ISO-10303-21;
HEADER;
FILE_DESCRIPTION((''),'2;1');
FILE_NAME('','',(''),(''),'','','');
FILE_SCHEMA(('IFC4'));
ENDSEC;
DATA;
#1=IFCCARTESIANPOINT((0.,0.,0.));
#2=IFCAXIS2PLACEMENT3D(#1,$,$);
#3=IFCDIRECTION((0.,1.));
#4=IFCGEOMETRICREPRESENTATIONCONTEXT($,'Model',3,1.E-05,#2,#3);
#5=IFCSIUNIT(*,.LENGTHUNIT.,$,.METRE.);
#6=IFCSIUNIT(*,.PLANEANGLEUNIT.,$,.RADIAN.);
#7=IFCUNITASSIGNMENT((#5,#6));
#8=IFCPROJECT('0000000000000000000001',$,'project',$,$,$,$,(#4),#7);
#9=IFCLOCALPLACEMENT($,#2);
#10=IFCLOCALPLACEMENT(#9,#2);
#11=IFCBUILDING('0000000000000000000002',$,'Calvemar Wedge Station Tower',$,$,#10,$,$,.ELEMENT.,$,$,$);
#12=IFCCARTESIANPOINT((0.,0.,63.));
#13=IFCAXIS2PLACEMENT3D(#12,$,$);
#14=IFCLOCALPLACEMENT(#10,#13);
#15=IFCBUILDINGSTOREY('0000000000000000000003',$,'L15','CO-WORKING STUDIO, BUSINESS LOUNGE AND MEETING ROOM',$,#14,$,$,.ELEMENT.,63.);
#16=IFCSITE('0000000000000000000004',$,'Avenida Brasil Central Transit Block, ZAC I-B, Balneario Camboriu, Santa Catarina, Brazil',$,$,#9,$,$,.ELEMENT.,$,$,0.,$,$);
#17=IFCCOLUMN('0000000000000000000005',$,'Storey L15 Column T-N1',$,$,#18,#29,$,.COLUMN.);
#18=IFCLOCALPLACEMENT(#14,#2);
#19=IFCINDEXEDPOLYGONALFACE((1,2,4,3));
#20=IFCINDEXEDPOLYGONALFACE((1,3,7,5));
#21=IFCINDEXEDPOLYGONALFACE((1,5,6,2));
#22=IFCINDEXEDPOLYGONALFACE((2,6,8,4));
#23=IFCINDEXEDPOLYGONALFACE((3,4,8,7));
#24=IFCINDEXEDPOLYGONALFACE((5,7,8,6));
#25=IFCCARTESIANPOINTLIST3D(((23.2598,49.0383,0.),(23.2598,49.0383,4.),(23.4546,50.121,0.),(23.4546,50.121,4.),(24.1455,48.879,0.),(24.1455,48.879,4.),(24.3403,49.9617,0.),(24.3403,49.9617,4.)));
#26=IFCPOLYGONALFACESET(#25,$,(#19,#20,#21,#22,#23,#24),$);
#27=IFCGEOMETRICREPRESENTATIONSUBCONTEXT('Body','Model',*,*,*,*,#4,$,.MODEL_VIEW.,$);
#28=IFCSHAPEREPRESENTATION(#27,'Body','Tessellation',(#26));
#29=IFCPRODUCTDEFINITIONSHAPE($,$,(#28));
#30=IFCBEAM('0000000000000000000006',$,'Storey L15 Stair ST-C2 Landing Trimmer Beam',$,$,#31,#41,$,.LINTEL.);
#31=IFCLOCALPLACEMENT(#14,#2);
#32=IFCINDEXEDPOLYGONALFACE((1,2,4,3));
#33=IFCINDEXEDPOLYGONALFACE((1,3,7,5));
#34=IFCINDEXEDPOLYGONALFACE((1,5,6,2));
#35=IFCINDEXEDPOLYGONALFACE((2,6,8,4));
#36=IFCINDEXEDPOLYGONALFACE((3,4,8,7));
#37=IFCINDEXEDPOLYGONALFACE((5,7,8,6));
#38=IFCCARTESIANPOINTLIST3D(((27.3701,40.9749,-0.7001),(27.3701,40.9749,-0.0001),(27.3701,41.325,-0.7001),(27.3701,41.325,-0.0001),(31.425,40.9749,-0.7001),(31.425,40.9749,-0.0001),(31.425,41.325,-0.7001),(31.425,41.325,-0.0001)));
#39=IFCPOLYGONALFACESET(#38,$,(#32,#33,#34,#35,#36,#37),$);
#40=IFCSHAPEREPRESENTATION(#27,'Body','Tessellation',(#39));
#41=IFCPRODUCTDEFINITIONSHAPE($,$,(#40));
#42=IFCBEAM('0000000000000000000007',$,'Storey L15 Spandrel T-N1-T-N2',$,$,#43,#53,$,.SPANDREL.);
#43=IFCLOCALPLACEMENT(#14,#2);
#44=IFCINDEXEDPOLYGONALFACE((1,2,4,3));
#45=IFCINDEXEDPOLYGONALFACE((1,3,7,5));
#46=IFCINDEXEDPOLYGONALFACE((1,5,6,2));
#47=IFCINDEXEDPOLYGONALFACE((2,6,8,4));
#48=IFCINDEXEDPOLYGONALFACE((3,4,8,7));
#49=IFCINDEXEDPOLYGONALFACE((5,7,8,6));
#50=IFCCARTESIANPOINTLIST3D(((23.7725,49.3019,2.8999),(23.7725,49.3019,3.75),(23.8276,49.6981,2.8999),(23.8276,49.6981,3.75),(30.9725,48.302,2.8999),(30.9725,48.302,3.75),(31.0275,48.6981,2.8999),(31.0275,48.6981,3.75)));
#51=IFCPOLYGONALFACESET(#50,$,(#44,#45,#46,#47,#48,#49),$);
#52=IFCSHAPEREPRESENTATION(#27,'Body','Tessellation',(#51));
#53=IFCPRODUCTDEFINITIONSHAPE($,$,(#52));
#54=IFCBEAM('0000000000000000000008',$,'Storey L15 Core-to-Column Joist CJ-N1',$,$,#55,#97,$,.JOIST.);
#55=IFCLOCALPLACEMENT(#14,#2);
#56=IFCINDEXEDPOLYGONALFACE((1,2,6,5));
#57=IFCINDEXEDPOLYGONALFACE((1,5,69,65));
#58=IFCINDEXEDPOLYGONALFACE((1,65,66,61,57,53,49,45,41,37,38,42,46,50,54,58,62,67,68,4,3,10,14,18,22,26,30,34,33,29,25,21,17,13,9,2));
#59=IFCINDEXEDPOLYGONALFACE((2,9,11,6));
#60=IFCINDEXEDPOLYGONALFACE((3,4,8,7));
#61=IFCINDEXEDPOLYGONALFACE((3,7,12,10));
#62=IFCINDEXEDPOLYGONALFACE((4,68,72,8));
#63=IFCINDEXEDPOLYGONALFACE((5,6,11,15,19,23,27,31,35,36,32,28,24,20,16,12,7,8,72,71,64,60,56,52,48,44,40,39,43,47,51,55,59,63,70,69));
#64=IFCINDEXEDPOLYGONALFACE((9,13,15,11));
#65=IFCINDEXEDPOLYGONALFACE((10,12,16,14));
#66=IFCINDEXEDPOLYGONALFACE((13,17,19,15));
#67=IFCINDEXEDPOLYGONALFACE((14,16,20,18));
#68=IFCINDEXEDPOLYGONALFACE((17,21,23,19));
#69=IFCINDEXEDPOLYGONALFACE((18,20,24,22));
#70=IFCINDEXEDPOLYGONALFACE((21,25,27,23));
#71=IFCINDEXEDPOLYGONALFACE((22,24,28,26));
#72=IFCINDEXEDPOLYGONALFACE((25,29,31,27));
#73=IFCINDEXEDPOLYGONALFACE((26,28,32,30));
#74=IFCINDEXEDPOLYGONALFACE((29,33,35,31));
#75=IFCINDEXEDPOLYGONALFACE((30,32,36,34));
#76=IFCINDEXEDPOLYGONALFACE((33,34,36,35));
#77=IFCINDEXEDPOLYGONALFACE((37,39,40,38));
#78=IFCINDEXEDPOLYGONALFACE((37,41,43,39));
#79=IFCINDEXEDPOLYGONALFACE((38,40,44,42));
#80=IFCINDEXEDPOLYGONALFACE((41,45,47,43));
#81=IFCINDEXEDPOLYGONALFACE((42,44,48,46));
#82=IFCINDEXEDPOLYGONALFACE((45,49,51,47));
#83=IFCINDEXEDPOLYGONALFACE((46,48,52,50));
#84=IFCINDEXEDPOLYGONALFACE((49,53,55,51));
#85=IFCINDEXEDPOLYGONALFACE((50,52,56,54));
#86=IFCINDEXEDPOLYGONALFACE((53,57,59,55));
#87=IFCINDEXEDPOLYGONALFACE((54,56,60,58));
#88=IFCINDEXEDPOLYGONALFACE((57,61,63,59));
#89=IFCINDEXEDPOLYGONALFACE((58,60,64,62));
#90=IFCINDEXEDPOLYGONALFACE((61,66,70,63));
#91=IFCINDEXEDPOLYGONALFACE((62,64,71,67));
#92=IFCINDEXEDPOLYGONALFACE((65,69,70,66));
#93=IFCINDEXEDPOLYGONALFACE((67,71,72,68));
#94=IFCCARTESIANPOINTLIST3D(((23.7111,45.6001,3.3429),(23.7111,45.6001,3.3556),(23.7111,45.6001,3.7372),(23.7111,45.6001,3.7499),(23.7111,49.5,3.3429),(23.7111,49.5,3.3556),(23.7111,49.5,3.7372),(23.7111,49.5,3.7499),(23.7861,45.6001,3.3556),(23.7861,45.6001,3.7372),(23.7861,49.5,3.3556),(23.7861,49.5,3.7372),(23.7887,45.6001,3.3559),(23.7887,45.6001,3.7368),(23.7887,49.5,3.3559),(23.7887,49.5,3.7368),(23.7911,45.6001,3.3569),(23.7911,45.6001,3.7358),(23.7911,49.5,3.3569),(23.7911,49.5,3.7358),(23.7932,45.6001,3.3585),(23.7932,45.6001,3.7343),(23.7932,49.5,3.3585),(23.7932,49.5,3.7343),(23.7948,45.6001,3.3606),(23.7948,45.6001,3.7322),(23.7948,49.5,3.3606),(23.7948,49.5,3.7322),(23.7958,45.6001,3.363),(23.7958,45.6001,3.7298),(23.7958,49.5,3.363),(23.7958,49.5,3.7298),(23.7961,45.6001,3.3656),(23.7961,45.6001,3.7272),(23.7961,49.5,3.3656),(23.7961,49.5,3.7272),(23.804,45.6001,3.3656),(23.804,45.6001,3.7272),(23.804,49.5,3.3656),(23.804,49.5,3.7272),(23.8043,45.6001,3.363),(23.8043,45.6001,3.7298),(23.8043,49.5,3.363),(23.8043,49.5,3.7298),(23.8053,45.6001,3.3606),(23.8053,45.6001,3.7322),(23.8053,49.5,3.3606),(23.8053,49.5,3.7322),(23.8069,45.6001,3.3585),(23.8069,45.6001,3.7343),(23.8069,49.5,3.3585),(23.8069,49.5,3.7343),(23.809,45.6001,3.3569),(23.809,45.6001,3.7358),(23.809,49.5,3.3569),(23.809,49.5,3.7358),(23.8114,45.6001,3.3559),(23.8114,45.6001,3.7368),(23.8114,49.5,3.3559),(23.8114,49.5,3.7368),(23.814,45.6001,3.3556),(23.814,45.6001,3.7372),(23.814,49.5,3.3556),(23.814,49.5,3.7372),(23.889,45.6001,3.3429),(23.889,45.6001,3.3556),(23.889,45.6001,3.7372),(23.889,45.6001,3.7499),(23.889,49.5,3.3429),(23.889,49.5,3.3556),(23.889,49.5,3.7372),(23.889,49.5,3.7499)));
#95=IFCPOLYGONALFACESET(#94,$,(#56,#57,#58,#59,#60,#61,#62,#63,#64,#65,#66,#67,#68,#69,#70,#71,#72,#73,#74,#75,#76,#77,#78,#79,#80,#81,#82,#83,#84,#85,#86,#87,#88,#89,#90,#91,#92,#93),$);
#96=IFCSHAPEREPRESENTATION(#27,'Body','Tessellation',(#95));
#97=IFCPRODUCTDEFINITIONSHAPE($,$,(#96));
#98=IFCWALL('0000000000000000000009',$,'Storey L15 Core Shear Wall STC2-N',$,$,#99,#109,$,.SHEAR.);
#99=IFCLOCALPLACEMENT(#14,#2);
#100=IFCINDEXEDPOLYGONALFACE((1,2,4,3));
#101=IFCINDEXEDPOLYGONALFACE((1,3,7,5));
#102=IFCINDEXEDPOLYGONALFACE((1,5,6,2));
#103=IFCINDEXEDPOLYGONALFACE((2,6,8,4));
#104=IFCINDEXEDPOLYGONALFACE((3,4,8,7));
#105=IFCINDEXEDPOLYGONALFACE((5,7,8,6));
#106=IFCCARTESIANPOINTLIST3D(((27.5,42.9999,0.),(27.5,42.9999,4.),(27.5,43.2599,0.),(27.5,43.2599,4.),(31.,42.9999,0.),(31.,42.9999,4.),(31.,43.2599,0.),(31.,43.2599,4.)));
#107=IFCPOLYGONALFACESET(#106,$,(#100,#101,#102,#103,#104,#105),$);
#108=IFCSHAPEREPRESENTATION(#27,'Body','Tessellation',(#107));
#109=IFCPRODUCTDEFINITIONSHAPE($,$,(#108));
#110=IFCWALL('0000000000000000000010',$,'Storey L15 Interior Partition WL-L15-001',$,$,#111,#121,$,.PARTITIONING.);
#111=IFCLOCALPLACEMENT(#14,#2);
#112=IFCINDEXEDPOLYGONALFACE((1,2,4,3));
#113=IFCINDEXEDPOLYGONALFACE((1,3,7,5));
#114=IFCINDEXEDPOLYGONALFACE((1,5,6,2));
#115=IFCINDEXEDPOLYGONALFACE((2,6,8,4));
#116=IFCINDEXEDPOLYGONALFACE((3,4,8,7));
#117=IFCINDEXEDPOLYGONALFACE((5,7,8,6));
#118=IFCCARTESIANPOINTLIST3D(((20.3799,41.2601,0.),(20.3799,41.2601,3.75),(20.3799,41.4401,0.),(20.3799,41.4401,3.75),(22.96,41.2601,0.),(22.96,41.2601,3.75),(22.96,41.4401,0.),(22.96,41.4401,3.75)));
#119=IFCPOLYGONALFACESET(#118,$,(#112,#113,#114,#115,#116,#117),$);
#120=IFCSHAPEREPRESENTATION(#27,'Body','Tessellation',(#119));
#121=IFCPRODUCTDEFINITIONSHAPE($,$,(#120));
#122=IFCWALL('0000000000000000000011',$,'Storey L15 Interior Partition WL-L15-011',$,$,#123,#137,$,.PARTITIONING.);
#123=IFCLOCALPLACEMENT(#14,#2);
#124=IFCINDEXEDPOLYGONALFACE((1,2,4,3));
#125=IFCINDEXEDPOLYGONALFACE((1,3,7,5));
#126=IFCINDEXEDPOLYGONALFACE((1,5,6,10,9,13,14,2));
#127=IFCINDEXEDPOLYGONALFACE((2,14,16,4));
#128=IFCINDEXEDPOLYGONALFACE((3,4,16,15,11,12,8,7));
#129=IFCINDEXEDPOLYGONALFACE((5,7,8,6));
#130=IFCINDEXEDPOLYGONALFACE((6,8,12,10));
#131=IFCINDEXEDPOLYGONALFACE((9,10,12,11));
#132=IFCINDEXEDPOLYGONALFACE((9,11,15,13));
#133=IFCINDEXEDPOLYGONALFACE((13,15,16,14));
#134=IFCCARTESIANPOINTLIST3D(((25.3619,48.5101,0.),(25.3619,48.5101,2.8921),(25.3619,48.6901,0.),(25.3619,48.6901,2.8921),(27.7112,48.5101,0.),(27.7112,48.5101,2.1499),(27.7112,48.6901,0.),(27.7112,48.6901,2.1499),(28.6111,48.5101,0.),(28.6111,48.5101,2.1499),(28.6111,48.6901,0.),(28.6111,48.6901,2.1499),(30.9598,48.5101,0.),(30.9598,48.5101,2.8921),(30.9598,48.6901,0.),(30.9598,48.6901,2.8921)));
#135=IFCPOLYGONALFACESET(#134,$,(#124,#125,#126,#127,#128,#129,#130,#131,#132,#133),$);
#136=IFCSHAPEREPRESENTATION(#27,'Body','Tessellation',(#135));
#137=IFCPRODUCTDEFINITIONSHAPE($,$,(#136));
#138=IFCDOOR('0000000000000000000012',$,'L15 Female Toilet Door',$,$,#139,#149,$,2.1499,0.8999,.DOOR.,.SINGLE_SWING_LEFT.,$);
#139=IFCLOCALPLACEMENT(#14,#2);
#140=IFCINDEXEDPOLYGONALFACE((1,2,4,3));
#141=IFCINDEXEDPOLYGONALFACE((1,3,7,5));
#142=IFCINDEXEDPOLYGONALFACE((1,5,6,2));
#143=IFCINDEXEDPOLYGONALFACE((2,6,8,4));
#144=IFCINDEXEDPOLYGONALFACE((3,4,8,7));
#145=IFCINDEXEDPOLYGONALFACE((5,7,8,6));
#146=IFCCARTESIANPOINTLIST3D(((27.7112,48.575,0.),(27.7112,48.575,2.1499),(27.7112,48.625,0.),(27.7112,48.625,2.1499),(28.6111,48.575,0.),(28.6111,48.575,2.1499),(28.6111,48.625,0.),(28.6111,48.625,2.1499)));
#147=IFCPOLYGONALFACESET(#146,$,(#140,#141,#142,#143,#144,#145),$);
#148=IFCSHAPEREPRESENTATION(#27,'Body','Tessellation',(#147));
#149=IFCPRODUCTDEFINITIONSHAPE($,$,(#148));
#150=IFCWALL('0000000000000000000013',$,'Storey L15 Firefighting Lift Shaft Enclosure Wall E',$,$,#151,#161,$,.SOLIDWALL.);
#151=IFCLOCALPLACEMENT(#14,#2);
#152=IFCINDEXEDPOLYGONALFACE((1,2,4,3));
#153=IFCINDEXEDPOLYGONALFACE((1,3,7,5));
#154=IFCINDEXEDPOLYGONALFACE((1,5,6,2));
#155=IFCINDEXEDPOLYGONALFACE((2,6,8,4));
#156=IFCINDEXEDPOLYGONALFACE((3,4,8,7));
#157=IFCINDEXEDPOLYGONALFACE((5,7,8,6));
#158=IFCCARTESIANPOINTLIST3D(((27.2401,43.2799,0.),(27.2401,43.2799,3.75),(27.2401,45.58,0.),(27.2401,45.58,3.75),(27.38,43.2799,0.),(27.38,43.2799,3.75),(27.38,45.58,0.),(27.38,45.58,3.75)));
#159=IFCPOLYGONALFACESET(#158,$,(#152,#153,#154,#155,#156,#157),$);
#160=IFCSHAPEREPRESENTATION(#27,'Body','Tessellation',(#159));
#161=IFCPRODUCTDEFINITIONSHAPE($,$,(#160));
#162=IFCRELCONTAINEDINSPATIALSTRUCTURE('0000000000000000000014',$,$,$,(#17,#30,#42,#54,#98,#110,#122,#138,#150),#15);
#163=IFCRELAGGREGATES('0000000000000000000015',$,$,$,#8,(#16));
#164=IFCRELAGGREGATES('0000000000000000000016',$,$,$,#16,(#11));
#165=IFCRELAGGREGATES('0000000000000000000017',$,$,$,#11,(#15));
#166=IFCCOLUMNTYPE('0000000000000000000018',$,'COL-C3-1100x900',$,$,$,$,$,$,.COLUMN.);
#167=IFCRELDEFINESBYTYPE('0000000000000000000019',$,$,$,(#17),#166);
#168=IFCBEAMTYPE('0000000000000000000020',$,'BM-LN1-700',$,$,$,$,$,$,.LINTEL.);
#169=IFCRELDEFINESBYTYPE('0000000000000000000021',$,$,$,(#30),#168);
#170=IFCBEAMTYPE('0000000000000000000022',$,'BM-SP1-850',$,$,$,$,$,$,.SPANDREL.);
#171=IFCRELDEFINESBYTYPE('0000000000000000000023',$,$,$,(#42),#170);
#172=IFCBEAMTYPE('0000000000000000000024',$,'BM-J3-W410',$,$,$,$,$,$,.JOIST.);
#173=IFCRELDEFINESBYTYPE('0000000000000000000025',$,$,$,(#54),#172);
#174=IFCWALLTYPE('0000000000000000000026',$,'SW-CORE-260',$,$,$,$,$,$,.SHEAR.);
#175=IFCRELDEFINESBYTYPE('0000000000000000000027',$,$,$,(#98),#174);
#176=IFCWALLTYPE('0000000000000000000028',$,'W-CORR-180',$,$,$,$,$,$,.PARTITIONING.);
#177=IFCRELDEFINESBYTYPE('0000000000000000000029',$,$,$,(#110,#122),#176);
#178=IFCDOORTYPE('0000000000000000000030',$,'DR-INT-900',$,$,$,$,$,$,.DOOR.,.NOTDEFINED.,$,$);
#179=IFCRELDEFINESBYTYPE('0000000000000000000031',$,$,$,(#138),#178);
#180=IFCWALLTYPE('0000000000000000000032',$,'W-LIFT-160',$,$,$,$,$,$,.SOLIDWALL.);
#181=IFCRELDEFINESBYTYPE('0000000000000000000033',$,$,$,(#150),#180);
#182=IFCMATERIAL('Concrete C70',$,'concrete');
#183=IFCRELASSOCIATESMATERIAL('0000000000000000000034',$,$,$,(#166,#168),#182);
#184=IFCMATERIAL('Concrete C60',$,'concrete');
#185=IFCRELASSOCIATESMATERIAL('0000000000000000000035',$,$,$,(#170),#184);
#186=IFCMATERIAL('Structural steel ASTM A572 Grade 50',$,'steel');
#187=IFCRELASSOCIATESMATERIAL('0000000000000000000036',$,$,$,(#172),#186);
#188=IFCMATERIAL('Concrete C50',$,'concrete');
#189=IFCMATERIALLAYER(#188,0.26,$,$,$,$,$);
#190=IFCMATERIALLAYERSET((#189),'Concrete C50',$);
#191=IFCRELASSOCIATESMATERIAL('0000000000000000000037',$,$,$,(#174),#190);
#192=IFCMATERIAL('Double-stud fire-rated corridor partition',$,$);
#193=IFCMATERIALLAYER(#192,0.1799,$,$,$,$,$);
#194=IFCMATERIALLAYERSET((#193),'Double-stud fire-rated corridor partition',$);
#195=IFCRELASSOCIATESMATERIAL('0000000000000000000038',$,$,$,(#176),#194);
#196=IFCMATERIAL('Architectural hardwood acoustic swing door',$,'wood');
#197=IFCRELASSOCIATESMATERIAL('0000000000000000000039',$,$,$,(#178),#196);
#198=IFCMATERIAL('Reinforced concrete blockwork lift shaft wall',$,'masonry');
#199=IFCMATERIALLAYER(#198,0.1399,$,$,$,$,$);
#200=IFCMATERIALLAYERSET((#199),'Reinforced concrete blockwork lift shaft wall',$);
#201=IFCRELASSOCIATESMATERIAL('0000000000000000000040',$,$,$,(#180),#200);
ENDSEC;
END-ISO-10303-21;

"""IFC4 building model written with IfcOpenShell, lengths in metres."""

from ifc_helpers import new_model, si_unit, direction, frame, frame_2d, origin, origin_2d, place, context, subcontext, project, spatial, rectangle, i_section, extrude, source, transform, mapped, material, layer, layer_set, material_profile, profile_set, type_object, element, fill, save


model = new_model("IFC4")

# Units and contexts
model_context = context("Model", 3, precision=1e-05, world=origin(), true_north=direction((0.0, 1.0)))
body_context = subcontext(model_context, "Body", "Model", "MODEL_VIEW")
ifc_project = project(units=[si_unit("LENGTHUNIT", "METRE"), si_unit("PLANEANGLEUNIT", "RADIAN")], contexts=[model_context])

# Site, building, storey
site_placement = place(None, origin())
site = spatial("IfcSite", under=ifc_project, at=site_placement, Name="Avenida Brasil Central Transit Block, ZAC I-B, Balneario Camboriu, Santa Catarina, Brazil", CompositionType="ELEMENT", RefElevation=0.0)
building_placement = place(site_placement, origin())
building = spatial("IfcBuilding", under=site, at=building_placement, Name="Calvemar Wedge Station Tower", CompositionType="ELEMENT")
storey_placement = place(building_placement, frame((0.0, 0.0, 63.0)))
storey = spatial("IfcBuildingStorey", under=building, at=storey_placement, Name="L15", Description="CO-WORKING STUDIO, BUSINESS LOUNGE AND MEETING ROOM", CompositionType="ELEMENT", Elevation=63.0)

# Column
ifc_material_1 = material(Name="Concrete C70", Category="concrete")
ifc_material_profile_1 = material_profile(ifc_material_1, rectangle(XDim=0.8999, YDim=1.1001, at=origin_2d()), Name="RC1100x900")
ifc_profile_set_1 = profile_set([ifc_material_profile_1], Name="Concrete C70")
column_type = type_object("IfcColumnType", Name="COL-C3-1100x900", PredefinedType="COLUMN", material=ifc_profile_set_1)
shared_shape_1 = source(origin(), body_context, "Body", "SweptSolid", [
    extrude(rectangle(XDim=0.8999, YDim=1.1001, at=origin_2d()), origin(), (0.0, 0.0, 1.0), 4.0),
])
column_placement = place(storey_placement, frame((23.8, 49.5, 0.0), z_axis=(0.0, 0.0, 1.0), x_axis=(0.984196, -0.177085, 0.0)))
element("IfcColumn", 1, at=column_placement, inside=storey, type_object=column_type, Name="Storey L15 Column T-N1", PredefinedType="COLUMN", context=body_context, shape_type="MappedRepresentation", body=[
    mapped(shared_shape_1, transform((0.0, 0.0, 0.0), scale=1.0)),
])

# Beams
ifc_material_profile_2 = material_profile(ifc_material_1, rectangle(XDim=0.3501, YDim=0.7, at=origin_2d()), Name="RC350x700")
ifc_profile_set_2 = profile_set([ifc_material_profile_2], Name="Concrete C70")
beam_type_1 = type_object("IfcBeamType", Name="BM-LN1-700", PredefinedType="LINTEL", material=ifc_profile_set_2)
shared_shape_2 = source(origin(), body_context, "Body", "SweptSolid", [
    extrude(rectangle(XDim=0.3501, YDim=0.7, at=origin_2d()), origin(), (0.0, 0.0, 1.0), 4.0549),
])
beam_1_placement = place(storey_placement, frame((27.3701, 41.1499, -0.3501), z_axis=(1.0, 0.0, 0.0), x_axis=(0.0, 1.0, 0.0)))
element("IfcBeam", 2, at=beam_1_placement, inside=storey, type_object=beam_type_1, Name="Storey L15 Stair ST-C2 Landing Trimmer Beam", PredefinedType="LINTEL", context=body_context, shape_type="MappedRepresentation", body=[
    mapped(shared_shape_2, transform((0.0, 0.0, 0.0), scale=1.0)),
])
ifc_material_2 = material(Name="Concrete C60", Category="concrete")
ifc_material_profile_3 = material_profile(ifc_material_2, rectangle(XDim=0.3999, YDim=0.8501, at=origin_2d()), Name="RC400x850")
ifc_profile_set_3 = profile_set([ifc_material_profile_3], Name="Concrete C60")
beam_type_2 = type_object("IfcBeamType", Name="BM-SP1-850", PredefinedType="SPANDREL", material=ifc_profile_set_3)
shared_shape_3 = source(origin(), body_context, "Body", "SweptSolid", [
    extrude(rectangle(XDim=0.3999, YDim=0.8501, at=origin_2d()), origin(), (0.0, 0.0, 1.0), 7.269),
])
beam_2_placement = place(storey_placement, frame((23.8, 49.5, 3.325), z_axis=(0.990492, -0.137569, 0.0), x_axis=(0.137569, 0.990492, 0.0)))
element("IfcBeam", 3, at=beam_2_placement, inside=storey, type_object=beam_type_2, Name="Storey L15 Spandrel T-N1-T-N2", PredefinedType="SPANDREL", context=body_context, shape_type="MappedRepresentation", body=[
    mapped(shared_shape_3, transform((0.0, 0.0, 0.0), scale=1.0)),
])
ifc_material_3 = material(Name="Structural steel ASTM A572 Grade 50", Category="steel")
ifc_material_profile_4 = material_profile(ifc_material_3, i_section(OverallWidth=0.178, OverallDepth=0.407, WebThickness=0.0078, FlangeThickness=0.0127, FilletRadius=0.01, at=origin_2d()), Name="W410x60")
ifc_profile_set_4 = profile_set([ifc_material_profile_4], Name="Structural steel ASTM A572 Grade 50")
beam_type_3 = type_object("IfcBeamType", Name="BM-J3-W410", PredefinedType="JOIST", material=ifc_profile_set_4)
shared_shape_4 = source(origin(), body_context, "Body", "SweptSolid", [
    extrude(i_section(OverallWidth=0.178, OverallDepth=0.407, WebThickness=0.0078, FlangeThickness=0.0127, FilletRadius=0.01, at=origin_2d()), origin(), (0.0, 0.0, 1.0), 3.8999),
])
beam_3_placement = place(storey_placement, frame((23.8, 45.6001, 3.5464), z_axis=(0.0, 1.0, 0.0), x_axis=(-1.0, 0.0, 0.0)))
element("IfcBeam", 4, at=beam_3_placement, inside=storey, type_object=beam_type_3, Name="Storey L15 Core-to-Column Joist CJ-N1", PredefinedType="JOIST", context=body_context, shape_type="MappedRepresentation", body=[
    mapped(shared_shape_4, transform((0.0, 0.0, 0.0), scale=1.0)),
])

# Walls
ifc_material_4 = material(Name="Concrete C50", Category="concrete")
ifc_layer_1 = layer(ifc_material_4, 0.26)
ifc_layer_set_1 = layer_set([ifc_layer_1], Name="Concrete C50")
wall_type_1 = type_object("IfcWallType", Name="SW-CORE-260", PredefinedType="SHEAR", material=ifc_layer_set_1)
wall_1_placement = place(storey_placement, frame((27.5, 43.1299, 0.0), z_axis=(0.0, 0.0, 1.0), x_axis=(1.0, 0.0, 0.0)))
element("IfcWall", 5, at=wall_1_placement, inside=storey, type_object=wall_type_1, Name="Storey L15 Core Shear Wall STC2-N", PredefinedType="SHEAR", context=body_context, shape_type="SweptSolid", body=[
    extrude(rectangle(XDim=3.5, YDim=0.26, at=frame_2d((1.75, 0.0))), origin(), (0.0, 0.0, 1.0), 4.0),
])
ifc_material_5 = material(Name="Double-stud fire-rated corridor partition")
ifc_layer_2 = layer(ifc_material_5, 0.1799)
ifc_layer_set_2 = layer_set([ifc_layer_2], Name="Double-stud fire-rated corridor partition")
wall_type_2 = type_object("IfcWallType", Name="W-CORR-180", PredefinedType="PARTITIONING", material=ifc_layer_set_2)
wall_2_placement = place(storey_placement, frame((22.96, 41.3501, 0.0), z_axis=(0.0, 0.0, 1.0), x_axis=(-1.0, 0.0, 0.0)))
element("IfcWall", 6, at=wall_2_placement, inside=storey, type_object=wall_type_2, Name="Storey L15 Interior Partition WL-L15-001", PredefinedType="PARTITIONING", context=body_context, shape_type="SweptSolid", body=[
    extrude(rectangle(XDim=2.5801, YDim=0.1799, at=frame_2d((1.29, 0.0))), origin(), (0.0, 0.0, 1.0), 3.75),
])

# Wall, opening, door
wall_3_placement = place(storey_placement, frame((25.3621, 48.6001, 0.0), z_axis=(0.0, 0.0, 1.0), x_axis=(1.0, 0.0, 0.0)))
wall_3 = element("IfcWall", 7, at=wall_3_placement, inside=storey, type_object=wall_type_2, Name="Storey L15 Interior Partition WL-L15-011", PredefinedType="PARTITIONING", context=body_context, shape_type="SweptSolid", body=[
    extrude(rectangle(XDim=5.5979, YDim=0.1799, at=frame_2d((2.7988, 0.0))), origin(), (0.0, 0.0, 1.0), 2.8921),
])
shared_shape_5 = source(origin(), body_context, "Body", "SweptSolid", [
    extrude(rectangle(XDim=0.8999, YDim=2.1499, at=frame_2d((0.45, 1.075))), frame((0.0, 0.1001, 0.0), z_axis=(0.0, -1.0, 0.0), x_axis=(1.0, 0.0, 0.0)), (0.0, 0.0, 1.0), 0.2),
])
opening_placement = place(wall_3_placement, frame((2.3491, 0.0, 0.0)))
opening = element("IfcOpeningElement", 8, at=opening_placement, cuts=wall_3, PredefinedType="OPENING", context=body_context, shape_type="MappedRepresentation", body=[
    mapped(shared_shape_5, transform((0.0, 0.0, 0.0), scale=1.0)),
])
ifc_material_6 = material(Name="Architectural hardwood acoustic swing door", Category="wood")
door_type = type_object("IfcDoorType", Name="DR-INT-900", OperationType="NOTDEFINED", PredefinedType="DOOR", material=ifc_material_6)
shared_shape_6 = source(origin(), body_context, "Body", "SweptSolid", [
    extrude(rectangle(XDim=0.8999, YDim=2.1499, at=frame_2d((0.45, 1.075))), frame((0.0, 0.0249, 0.0), z_axis=(0.0, -1.0, 0.0), x_axis=(1.0, 0.0, 0.0)), (0.0, 0.0, 1.0), 0.05),
])
door_placement = place(opening_placement, origin())
door = element("IfcDoor", 9, at=door_placement, inside=storey, type_object=door_type, Name="L15 Female Toilet Door", OperationType="SINGLE_SWING_LEFT", OverallHeight=2.1499, OverallWidth=0.8999, PredefinedType="DOOR", context=body_context, shape_type="MappedRepresentation", body=[
    mapped(shared_shape_6, transform((0.0, 0.0, 0.0), scale=1.0)),
])
fill(opening, door)

# Wall
ifc_material_7 = material(Name="Reinforced concrete blockwork lift shaft wall", Category="masonry")
ifc_layer_3 = layer(ifc_material_7, 0.1399)
ifc_layer_set_3 = layer_set([ifc_layer_3], Name="Reinforced concrete blockwork lift shaft wall")
wall_type_3 = type_object("IfcWallType", Name="W-LIFT-160", PredefinedType="SOLIDWALL", material=ifc_layer_set_3)
wall_4_placement = place(storey_placement, frame((27.3101, 43.28, 0.0), z_axis=(0.0, 0.0, 1.0), x_axis=(0.0, 1.0, 0.0)))
element("IfcWall", 10, at=wall_4_placement, inside=storey, type_object=wall_type_3, Name="Storey L15 Firefighting Lift Shaft Enclosure Wall E", PredefinedType="SOLIDWALL", context=body_context, shape_type="SweptSolid", body=[
    extrude(rectangle(XDim=2.3, YDim=0.1399, at=frame_2d((1.1499, 0.0))), origin(), (0.0, 0.0, 1.0), 3.75),
])

save(model, "model.ifc")
